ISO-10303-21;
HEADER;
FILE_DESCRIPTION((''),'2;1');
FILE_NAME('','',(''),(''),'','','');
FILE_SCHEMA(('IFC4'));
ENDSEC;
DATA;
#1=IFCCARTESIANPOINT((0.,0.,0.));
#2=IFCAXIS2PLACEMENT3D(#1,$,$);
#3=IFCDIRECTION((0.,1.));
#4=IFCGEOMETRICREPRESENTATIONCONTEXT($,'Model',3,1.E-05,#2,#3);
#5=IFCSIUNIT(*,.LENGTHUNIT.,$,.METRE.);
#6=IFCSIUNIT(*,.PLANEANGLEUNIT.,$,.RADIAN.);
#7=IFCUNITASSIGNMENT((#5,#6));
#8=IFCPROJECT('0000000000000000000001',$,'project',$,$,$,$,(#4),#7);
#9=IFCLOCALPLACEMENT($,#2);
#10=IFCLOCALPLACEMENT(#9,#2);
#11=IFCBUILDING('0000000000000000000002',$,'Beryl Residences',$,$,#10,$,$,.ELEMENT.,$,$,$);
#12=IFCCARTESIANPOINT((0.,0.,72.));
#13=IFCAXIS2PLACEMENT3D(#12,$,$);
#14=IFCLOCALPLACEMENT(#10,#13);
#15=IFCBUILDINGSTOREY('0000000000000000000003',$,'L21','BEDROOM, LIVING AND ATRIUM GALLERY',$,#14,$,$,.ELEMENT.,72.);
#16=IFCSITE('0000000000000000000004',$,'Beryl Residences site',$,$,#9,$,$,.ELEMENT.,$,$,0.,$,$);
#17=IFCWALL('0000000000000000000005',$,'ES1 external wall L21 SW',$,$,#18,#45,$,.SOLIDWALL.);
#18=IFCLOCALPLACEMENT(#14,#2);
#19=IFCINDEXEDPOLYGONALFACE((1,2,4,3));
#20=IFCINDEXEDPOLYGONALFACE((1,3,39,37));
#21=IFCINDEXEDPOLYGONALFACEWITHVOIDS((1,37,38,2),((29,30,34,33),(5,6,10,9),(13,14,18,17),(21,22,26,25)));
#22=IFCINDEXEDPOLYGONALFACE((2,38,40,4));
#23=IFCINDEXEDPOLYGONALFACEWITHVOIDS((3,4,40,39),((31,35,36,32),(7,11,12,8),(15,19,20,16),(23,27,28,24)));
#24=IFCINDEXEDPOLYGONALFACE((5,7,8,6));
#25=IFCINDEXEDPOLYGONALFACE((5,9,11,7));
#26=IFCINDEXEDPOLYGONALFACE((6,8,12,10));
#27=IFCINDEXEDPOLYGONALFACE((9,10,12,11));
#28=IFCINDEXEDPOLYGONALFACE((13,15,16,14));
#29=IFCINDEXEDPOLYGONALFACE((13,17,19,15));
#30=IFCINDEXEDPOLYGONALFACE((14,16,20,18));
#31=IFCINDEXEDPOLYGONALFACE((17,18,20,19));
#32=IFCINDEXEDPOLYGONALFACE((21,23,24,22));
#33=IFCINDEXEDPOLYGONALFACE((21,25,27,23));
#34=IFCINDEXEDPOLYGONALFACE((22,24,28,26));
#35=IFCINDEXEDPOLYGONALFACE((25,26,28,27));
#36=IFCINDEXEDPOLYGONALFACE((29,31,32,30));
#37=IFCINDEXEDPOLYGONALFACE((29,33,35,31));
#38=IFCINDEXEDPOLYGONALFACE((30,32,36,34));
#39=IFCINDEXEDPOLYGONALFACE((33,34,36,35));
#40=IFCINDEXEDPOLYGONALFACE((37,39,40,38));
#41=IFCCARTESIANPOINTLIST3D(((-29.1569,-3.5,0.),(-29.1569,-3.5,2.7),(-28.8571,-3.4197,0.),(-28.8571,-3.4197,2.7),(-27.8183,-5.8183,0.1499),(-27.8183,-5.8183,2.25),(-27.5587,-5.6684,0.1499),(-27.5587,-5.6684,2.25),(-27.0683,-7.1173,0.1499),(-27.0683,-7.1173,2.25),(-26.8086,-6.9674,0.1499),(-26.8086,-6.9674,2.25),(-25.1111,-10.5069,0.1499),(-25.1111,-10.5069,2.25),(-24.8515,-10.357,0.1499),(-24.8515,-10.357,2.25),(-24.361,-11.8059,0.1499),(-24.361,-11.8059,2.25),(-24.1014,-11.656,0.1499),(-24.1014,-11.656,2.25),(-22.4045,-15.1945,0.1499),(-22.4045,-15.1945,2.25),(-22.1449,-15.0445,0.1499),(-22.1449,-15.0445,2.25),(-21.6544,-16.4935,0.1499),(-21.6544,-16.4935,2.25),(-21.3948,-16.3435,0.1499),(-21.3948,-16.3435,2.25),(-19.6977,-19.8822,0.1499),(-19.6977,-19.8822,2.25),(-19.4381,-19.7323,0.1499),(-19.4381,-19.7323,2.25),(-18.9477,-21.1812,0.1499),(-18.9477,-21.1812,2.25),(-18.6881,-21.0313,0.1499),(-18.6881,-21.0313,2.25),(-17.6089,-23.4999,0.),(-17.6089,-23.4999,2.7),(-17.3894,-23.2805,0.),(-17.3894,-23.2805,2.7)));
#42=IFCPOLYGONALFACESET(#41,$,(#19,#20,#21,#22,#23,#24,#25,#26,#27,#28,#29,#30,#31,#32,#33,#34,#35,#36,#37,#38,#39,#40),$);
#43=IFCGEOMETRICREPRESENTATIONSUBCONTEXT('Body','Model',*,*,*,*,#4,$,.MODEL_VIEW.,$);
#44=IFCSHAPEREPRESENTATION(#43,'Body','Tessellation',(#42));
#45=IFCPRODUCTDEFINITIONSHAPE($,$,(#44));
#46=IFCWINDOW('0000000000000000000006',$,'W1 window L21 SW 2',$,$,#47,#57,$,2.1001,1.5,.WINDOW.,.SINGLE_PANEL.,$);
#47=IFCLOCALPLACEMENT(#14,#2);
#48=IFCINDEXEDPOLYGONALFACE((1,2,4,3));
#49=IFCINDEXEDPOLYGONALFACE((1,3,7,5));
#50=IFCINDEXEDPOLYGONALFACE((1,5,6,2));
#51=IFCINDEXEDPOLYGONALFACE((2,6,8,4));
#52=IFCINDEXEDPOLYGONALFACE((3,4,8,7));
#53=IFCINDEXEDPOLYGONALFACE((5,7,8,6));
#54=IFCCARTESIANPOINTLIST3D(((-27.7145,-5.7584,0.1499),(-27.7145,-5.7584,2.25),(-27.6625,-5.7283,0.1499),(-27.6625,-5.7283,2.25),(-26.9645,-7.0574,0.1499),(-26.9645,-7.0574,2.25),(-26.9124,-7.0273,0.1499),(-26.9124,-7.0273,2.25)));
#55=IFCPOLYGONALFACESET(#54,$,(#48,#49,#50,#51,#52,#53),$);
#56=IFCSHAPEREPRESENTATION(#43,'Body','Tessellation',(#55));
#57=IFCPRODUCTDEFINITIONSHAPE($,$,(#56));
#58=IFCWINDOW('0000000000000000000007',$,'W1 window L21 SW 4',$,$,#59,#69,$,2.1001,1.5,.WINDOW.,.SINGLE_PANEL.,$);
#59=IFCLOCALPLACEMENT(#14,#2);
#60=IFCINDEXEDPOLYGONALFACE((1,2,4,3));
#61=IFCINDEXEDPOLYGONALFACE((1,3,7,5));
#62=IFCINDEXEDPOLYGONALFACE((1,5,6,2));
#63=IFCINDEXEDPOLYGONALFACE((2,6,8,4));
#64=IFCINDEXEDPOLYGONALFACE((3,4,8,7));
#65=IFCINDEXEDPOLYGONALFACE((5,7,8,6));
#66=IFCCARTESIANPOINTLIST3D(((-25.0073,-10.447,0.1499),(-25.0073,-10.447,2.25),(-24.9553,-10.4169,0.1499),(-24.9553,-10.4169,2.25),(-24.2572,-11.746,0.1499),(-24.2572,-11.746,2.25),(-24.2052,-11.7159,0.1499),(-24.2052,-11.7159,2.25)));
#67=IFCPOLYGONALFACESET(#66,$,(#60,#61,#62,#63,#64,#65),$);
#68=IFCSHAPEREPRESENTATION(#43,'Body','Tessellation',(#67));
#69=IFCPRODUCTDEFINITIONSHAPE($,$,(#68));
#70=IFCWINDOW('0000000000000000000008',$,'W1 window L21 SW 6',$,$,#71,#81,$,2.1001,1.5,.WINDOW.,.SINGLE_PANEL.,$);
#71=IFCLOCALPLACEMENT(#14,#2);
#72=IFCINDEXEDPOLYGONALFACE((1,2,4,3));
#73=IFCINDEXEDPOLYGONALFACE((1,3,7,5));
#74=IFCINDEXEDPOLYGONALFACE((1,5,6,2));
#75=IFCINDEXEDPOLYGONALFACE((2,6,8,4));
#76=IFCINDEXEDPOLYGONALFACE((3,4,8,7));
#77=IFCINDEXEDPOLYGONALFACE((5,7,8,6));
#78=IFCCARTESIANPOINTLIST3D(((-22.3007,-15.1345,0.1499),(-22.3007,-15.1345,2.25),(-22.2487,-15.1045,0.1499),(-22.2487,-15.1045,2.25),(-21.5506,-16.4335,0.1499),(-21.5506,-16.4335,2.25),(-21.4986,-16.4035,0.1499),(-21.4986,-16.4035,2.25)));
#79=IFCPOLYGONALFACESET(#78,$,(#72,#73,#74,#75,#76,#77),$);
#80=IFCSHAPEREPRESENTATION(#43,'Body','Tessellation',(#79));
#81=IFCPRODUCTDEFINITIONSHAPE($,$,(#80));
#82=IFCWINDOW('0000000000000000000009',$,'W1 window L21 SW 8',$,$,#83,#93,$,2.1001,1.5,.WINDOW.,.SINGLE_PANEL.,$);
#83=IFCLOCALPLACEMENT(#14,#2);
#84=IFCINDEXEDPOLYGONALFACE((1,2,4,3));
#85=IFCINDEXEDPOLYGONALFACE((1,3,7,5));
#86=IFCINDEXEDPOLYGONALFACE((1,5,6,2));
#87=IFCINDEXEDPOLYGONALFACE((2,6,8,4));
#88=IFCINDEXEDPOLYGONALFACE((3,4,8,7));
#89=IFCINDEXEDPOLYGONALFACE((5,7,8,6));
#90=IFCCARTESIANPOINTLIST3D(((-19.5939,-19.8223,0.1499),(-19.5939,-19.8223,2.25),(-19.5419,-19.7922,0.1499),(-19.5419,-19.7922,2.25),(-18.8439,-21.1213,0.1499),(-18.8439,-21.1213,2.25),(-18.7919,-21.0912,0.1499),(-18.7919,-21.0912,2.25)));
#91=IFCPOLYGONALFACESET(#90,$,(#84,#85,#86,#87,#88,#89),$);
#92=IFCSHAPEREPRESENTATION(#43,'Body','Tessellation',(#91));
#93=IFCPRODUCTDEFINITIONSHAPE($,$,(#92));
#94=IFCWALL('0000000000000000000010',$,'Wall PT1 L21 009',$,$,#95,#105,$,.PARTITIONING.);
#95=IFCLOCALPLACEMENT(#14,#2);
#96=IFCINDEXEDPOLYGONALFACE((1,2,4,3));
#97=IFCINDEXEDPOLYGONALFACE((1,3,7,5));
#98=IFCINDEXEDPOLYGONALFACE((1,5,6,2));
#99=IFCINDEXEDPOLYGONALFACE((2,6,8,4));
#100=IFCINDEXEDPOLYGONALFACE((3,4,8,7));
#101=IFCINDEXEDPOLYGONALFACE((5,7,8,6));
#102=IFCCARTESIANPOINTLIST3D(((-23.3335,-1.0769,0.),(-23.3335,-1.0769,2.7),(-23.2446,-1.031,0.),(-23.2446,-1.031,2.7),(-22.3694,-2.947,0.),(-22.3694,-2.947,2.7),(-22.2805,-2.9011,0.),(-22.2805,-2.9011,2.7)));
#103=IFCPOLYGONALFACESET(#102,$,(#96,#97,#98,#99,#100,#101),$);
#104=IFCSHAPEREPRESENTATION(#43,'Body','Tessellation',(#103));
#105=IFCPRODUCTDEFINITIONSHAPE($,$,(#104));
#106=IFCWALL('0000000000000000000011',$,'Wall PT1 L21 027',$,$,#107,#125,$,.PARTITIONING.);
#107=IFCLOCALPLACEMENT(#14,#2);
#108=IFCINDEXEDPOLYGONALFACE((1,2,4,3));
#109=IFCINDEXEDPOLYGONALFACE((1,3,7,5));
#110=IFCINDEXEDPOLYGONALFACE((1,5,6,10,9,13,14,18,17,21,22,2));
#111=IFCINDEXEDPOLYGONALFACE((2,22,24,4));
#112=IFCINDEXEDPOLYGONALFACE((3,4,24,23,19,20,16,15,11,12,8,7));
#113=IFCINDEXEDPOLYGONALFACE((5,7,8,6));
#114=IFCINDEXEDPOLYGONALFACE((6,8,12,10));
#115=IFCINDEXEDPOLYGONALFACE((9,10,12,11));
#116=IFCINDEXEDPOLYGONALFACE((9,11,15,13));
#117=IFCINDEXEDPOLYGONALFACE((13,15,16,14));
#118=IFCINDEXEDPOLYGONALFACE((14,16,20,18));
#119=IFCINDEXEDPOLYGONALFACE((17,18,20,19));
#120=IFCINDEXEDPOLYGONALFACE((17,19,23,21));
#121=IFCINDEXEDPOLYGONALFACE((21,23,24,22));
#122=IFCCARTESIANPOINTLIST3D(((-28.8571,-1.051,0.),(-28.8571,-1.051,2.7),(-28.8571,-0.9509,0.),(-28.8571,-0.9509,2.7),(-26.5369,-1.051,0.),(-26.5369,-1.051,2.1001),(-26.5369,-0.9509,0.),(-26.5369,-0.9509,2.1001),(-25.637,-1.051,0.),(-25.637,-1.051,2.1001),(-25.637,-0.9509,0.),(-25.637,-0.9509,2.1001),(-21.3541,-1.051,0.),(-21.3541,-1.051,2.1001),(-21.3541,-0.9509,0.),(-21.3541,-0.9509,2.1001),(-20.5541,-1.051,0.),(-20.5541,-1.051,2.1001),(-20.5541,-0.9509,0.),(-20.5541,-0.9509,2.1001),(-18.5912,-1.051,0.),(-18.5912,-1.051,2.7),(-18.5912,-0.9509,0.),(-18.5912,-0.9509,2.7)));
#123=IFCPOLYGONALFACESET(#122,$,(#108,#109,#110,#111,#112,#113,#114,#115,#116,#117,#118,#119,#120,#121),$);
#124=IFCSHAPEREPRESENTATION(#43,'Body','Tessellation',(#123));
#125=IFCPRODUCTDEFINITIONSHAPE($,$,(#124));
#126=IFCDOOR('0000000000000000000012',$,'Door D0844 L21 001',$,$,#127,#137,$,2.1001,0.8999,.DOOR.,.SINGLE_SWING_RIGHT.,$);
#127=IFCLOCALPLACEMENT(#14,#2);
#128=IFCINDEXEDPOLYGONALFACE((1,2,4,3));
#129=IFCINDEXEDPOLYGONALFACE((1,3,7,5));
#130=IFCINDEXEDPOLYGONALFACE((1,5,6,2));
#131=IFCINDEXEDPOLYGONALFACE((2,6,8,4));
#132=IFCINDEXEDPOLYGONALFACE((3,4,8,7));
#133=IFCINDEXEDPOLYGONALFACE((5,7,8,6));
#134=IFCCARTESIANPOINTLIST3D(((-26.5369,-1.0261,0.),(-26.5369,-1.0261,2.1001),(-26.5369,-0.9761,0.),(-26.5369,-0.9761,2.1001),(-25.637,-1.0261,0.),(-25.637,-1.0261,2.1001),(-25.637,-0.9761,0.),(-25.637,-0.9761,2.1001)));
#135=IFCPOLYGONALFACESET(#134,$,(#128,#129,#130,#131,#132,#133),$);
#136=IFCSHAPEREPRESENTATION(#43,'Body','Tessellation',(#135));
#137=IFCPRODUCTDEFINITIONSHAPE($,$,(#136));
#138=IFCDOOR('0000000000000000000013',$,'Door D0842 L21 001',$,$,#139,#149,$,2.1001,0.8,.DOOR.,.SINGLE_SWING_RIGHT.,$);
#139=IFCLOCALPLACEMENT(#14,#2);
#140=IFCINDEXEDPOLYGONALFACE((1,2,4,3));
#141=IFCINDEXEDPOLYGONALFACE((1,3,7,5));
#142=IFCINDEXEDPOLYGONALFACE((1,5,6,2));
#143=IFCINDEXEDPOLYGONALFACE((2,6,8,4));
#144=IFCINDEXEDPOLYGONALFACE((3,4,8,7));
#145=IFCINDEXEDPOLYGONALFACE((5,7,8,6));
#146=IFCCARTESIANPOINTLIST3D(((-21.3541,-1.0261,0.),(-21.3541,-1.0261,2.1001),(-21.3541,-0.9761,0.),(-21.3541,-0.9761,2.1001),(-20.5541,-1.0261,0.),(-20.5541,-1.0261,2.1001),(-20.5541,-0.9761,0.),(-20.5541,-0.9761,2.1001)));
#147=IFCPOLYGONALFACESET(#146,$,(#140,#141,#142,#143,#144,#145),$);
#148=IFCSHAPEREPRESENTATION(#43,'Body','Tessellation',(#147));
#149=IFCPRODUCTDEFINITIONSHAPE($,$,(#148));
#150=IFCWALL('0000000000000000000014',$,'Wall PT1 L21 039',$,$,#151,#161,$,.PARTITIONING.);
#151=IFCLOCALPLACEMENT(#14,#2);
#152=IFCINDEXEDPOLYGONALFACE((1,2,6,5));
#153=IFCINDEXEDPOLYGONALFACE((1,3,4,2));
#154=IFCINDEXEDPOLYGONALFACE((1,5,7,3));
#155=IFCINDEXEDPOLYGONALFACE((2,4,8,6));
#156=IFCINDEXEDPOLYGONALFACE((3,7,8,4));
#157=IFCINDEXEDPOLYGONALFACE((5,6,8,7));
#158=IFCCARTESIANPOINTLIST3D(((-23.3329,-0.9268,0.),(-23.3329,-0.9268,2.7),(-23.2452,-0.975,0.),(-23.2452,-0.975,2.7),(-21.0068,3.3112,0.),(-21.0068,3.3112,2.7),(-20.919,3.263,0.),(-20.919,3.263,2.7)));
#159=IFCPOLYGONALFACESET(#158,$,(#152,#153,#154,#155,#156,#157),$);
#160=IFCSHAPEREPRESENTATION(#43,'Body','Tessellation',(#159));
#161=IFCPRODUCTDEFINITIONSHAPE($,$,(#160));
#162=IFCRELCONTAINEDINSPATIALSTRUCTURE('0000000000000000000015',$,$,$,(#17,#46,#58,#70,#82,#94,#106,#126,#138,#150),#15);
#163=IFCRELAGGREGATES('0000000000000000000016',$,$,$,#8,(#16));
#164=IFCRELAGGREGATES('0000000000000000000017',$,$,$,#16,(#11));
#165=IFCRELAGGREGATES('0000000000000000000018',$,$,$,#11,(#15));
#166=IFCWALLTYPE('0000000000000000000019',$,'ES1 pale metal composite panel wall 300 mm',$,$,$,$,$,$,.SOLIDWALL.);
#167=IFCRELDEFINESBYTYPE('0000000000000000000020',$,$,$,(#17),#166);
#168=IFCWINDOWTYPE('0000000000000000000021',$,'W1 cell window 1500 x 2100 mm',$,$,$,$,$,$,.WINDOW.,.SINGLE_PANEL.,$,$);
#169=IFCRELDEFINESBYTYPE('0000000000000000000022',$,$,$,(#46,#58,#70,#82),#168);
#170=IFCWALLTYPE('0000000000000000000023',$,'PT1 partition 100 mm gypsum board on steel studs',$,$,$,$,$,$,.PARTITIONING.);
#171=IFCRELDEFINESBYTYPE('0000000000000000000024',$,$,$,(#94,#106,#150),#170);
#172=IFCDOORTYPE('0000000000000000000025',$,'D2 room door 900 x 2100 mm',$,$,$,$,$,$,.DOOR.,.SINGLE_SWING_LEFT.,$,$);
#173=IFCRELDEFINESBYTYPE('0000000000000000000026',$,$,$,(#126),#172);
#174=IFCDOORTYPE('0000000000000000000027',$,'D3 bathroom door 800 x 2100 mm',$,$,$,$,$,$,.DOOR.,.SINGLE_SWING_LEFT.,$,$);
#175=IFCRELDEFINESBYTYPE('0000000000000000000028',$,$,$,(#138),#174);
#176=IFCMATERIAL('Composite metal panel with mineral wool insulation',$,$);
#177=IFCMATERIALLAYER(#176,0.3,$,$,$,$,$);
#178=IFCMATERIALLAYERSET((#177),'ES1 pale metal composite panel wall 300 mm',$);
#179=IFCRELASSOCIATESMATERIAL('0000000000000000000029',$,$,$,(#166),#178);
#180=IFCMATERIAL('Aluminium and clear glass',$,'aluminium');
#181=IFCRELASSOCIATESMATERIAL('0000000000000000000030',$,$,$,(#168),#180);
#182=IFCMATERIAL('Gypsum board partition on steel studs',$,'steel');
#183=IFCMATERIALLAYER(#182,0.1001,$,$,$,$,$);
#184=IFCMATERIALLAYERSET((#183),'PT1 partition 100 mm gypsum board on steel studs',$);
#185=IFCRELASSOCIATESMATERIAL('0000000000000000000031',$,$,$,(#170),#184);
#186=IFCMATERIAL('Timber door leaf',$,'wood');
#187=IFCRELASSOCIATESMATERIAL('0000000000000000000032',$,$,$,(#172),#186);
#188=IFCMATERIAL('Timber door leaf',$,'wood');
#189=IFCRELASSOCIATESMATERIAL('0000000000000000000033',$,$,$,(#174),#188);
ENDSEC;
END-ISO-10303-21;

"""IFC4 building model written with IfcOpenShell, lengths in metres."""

from ifc_helpers import new_model, si_unit, direction, frame, frame_2d, origin, place, context, subcontext, project, spatial, polyline, rectangle, outline, extrude, material, layer, layer_set, type_object, element, fill, save


model = new_model("IFC4")

# Units and contexts
model_context = context("Model", 3, precision=1e-05, world=origin(), true_north=direction((0.0, 1.0)))
body_context = subcontext(model_context, "Body", "Model", "MODEL_VIEW")
ifc_project = project(units=[si_unit("LENGTHUNIT", "METRE"), si_unit("PLANEANGLEUNIT", "RADIAN")], contexts=[model_context])

# Site, building, storey
site_placement = place(None, origin())
site = spatial("IfcSite", under=ifc_project, at=site_placement, Name="Beryl Residences site", CompositionType="ELEMENT", RefElevation=0.0)
building_placement = place(site_placement, origin())
building = spatial("IfcBuilding", under=site, at=building_placement, Name="Beryl Residences", CompositionType="ELEMENT")
storey_placement = place(building_placement, frame((0.0, 0.0, 72.0)))
storey = spatial("IfcBuildingStorey", under=building, at=storey_placement, Name="L21", Description="BEDROOM, LIVING AND ATRIUM GALLERY", CompositionType="ELEMENT", Elevation=72.0)

# Shared definitions
ifc_material_1 = material(Name="Composite metal panel with mineral wool insulation")
ifc_layer_1 = layer(ifc_material_1, 0.3)
ifc_layer_set_1 = layer_set([ifc_layer_1], Name="ES1 pale metal composite panel wall 300 mm")
wall_type_1 = type_object("IfcWallType", Name="ES1 pale metal composite panel wall 300 mm", PredefinedType="SOLIDWALL", material=ifc_layer_set_1)

# Wall, openings, windows
wall_1_placement = place(storey_placement, frame((-29.0271, -3.425, 0.0), z_axis=(0.0, 0.0, 1.0), x_axis=(0.500035, -0.866005, 0.0)))
wall_1 = element("IfcWall", 1, at=wall_1_placement, inside=storey, type_object=wall_type_1, Name="ES1 external wall L21 SW", PredefinedType="SOLIDWALL", context=body_context, shape_type="SweptSolid", body=[
    extrude(outline(polyline([(0.0, -0.1499), (23.0945, -0.1499), (23.0142, 0.1499), (0.0803, 0.1499), (0.0, -0.1499)])), origin(), (0.0, 0.0, 1.0), 2.7),
])
opening_1_placement = place(wall_1_placement, frame((2.677, 0.0, 0.1499)))
opening_1 = element("IfcOpeningElement", 2, at=opening_1_placement, cuts=wall_1, PredefinedType="OPENING", context=body_context, shape_type="SweptSolid", body=[
    extrude(rectangle(XDim=1.5, YDim=2.1001, at=frame_2d((0.75, 1.05))), frame((0.0, 0.1599, 0.0), z_axis=(0.0, -1.0, 0.0), x_axis=(1.0, 0.0, 0.0)), (0.0, 0.0, 1.0), 0.3201),
])
opening_2_placement = place(wall_1_placement, frame((8.0911, 0.0, 0.1499)))
opening_2 = element("IfcOpeningElement", 3, at=opening_2_placement, cuts=wall_1, PredefinedType="OPENING", context=body_context, shape_type="SweptSolid", body=[
    extrude(rectangle(XDim=1.5, YDim=2.1001, at=frame_2d((0.75, 1.05))), frame((0.0, 0.1599, 0.0), z_axis=(0.0, -1.0, 0.0), x_axis=(1.0, 0.0, 0.0)), (0.0, 0.0, 1.0), 0.3201),
])
opening_3_placement = place(wall_1_placement, frame((13.5039, 0.0, 0.1499)))
opening_3 = element("IfcOpeningElement", 4, at=opening_3_placement, cuts=wall_1, PredefinedType="OPENING", context=body_context, shape_type="SweptSolid", body=[
    extrude(rectangle(XDim=1.5, YDim=2.1001, at=frame_2d((0.75, 1.05))), frame((0.0, 0.1599, 0.0), z_axis=(0.0, -1.0, 0.0), x_axis=(1.0, 0.0, 0.0)), (0.0, 0.0, 1.0), 0.3201),
])
opening_4_placement = place(wall_1_placement, frame((18.917, 0.0, 0.1499)))
opening_4 = element("IfcOpeningElement", 5, at=opening_4_placement, cuts=wall_1, PredefinedType="OPENING", context=body_context, shape_type="SweptSolid", body=[
    extrude(rectangle(XDim=1.5, YDim=2.1001, at=frame_2d((0.75, 1.05))), frame((0.0, 0.1599, 0.0), z_axis=(0.0, -1.0, 0.0), x_axis=(1.0, 0.0, 0.0)), (0.0, 0.0, 1.0), 0.3201),
])
ifc_material_2 = material(Name="Aluminium and clear glass", Category="aluminium")
window_type_1 = type_object("IfcWindowType", Name="W1 cell window 1500 x 2100 mm", PartitioningType="SINGLE_PANEL", PredefinedType="WINDOW", material=ifc_material_2)
window_1_placement = place(opening_1_placement, origin())
window_1 = element("IfcWindow", 6, at=window_1_placement, inside=storey, type_object=window_type_1, Name="W1 window L21 SW 2", OverallHeight=2.1001, OverallWidth=1.5, PartitioningType="SINGLE_PANEL", PredefinedType="WINDOW", context=body_context, shape_type="SweptSolid", body=[
    extrude(rectangle(XDim=1.5, YDim=2.1001, at=frame_2d((0.75, 1.05))), frame((0.0, 0.03, 0.0), z_axis=(0.0, -1.0, 0.0), x_axis=(1.0, 0.0, 0.0)), (0.0, 0.0, 1.0), 0.0601),
])
fill(opening_1, window_1)
window_2_placement = place(opening_2_placement, origin())
window_2 = element("IfcWindow", 7, at=window_2_placement, inside=storey, type_object=window_type_1, Name="W1 window L21 SW 4", OverallHeight=2.1001, OverallWidth=1.5, PartitioningType="SINGLE_PANEL", PredefinedType="WINDOW", context=body_context, shape_type="SweptSolid", body=[
    extrude(rectangle(XDim=1.5, YDim=2.1001, at=frame_2d((0.75, 1.05))), frame((0.0, 0.03, 0.0), z_axis=(0.0, -1.0, 0.0), x_axis=(1.0, 0.0, 0.0)), (0.0, 0.0, 1.0), 0.0601),
])
fill(opening_2, window_2)
window_3_placement = place(opening_3_placement, origin())
window_3 = element("IfcWindow", 8, at=window_3_placement, inside=storey, type_object=window_type_1, Name="W1 window L21 SW 6", OverallHeight=2.1001, OverallWidth=1.5, PartitioningType="SINGLE_PANEL", PredefinedType="WINDOW", context=body_context, shape_type="SweptSolid", body=[
    extrude(rectangle(XDim=1.5, YDim=2.1001, at=frame_2d((0.75, 1.05))), frame((0.0, 0.03, 0.0), z_axis=(0.0, -1.0, 0.0), x_axis=(1.0, 0.0, 0.0)), (0.0, 0.0, 1.0), 0.0601),
])
fill(opening_3, window_3)
window_4_placement = place(opening_4_placement, origin())
window_4 = element("IfcWindow", 9, at=window_4_placement, inside=storey, type_object=window_type_1, Name="W1 window L21 SW 8", OverallHeight=2.1001, OverallWidth=1.5, PartitioningType="SINGLE_PANEL", PredefinedType="WINDOW", context=body_context, shape_type="SweptSolid", body=[
    extrude(rectangle(XDim=1.5, YDim=2.1001, at=frame_2d((0.75, 1.05))), frame((0.0, 0.03, 0.0), z_axis=(0.0, -1.0, 0.0), x_axis=(1.0, 0.0, 0.0)), (0.0, 0.0, 1.0), 0.0601),
])
fill(opening_4, window_4)

# Wall
ifc_material_3 = material(Name="Gypsum board partition on steel studs", Category="steel")
ifc_layer_2 = layer(ifc_material_3, 0.1001)
ifc_layer_set_2 = layer_set([ifc_layer_2], Name="PT1 partition 100 mm gypsum board on steel studs")
wall_type_2 = type_object("IfcWallType", Name="PT1 partition 100 mm gypsum board on steel studs", PredefinedType="PARTITIONING", material=ifc_layer_set_2)
wall_2_placement = place(storey_placement, frame((-23.2891, -1.054, 0.0), z_axis=(0.0, 0.0, 1.0), x_axis=(0.458226, -0.888836, 0.0)))
element("IfcWall", 10, at=wall_2_placement, inside=storey, type_object=wall_type_2, Name="Wall PT1 L21 009", PredefinedType="PARTITIONING", context=body_context, shape_type="SweptSolid", body=[
    extrude(rectangle(XDim=2.104, YDim=0.1001, at=frame_2d((1.052, 0.0))), origin(), (0.0, 0.0, 1.0), 2.7),
])

# Wall, openings, doors
wall_3_placement = place(storey_placement, frame((-28.8569, -1.001, 0.0), z_axis=(0.0, 0.0, 1.0), x_axis=(1.0, 0.0, 0.0)))
wall_3 = element("IfcWall", 11, at=wall_3_placement, inside=storey, type_object=wall_type_2, Name="Wall PT1 L21 027", PredefinedType="PARTITIONING", context=body_context, shape_type="SweptSolid", body=[
    extrude(rectangle(XDim=10.2659, YDim=0.1001, at=frame_2d((5.1328, 0.0))), origin(), (0.0, 0.0, 1.0), 2.7),
])
opening_5_placement = place(wall_3_placement, frame((7.5029, 0.0, 0.0)))
opening_5 = element("IfcOpeningElement", 12, at=opening_5_placement, cuts=wall_3, PredefinedType="OPENING", context=body_context, shape_type="SweptSolid", body=[
    extrude(rectangle(XDim=0.8, YDim=2.1001, at=frame_2d((0.3999, 1.05))), frame((0.0, 0.0601, 0.0), z_axis=(0.0, -1.0, 0.0), x_axis=(1.0, 0.0, 0.0)), (0.0, 0.0, 1.0), 0.1201),
])
opening_6_placement = place(wall_3_placement, frame((2.3201, 0.0, 0.0)))
opening_6 = element("IfcOpeningElement", 13, at=opening_6_placement, cuts=wall_3, PredefinedType="OPENING", context=body_context, shape_type="SweptSolid", body=[
    extrude(rectangle(XDim=0.8999, YDim=2.1001, at=frame_2d((0.45, 1.05))), frame((0.0, 0.0601, 0.0), z_axis=(0.0, -1.0, 0.0), x_axis=(1.0, 0.0, 0.0)), (0.0, 0.0, 1.0), 0.1201),
])
ifc_material_4 = material(Name="Timber door leaf", Category="wood")
door_type_1 = type_object("IfcDoorType", Name="D2 room door 900 x 2100 mm", OperationType="SINGLE_SWING_LEFT", PredefinedType="DOOR", material=ifc_material_4)
door_1_placement = place(opening_6_placement, origin())
door_1 = element("IfcDoor", 14, at=door_1_placement, inside=storey, type_object=door_type_1, Name="Door D0844 L21 001", OperationType="SINGLE_SWING_RIGHT", OverallHeight=2.1001, OverallWidth=0.8999, PredefinedType="DOOR", context=body_context, shape_type="SweptSolid", body=[
    extrude(rectangle(XDim=0.8999, YDim=2.1001, at=frame_2d((0.45, 1.05))), frame((0.0, 0.0249, 0.0), z_axis=(0.0, -1.0, 0.0), x_axis=(1.0, 0.0, 0.0)), (0.0, 0.0, 1.0), 0.05),
])
fill(opening_6, door_1)
ifc_material_5 = material(Name="Timber door leaf", Category="wood")
door_type_2 = type_object("IfcDoorType", Name="D3 bathroom door 800 x 2100 mm", OperationType="SINGLE_SWING_LEFT", PredefinedType="DOOR", material=ifc_material_5)
door_2_placement = place(opening_5_placement, origin())
door_2 = element("IfcDoor", 15, at=door_2_placement, inside=storey, type_object=door_type_2, Name="Door D0842 L21 001", OperationType="SINGLE_SWING_RIGHT", OverallHeight=2.1001, OverallWidth=0.8, PredefinedType="DOOR", context=body_context, shape_type="SweptSolid", body=[
    extrude(rectangle(XDim=0.8, YDim=2.1001, at=frame_2d((0.3999, 1.05))), frame((0.0, 0.0249, 0.0), z_axis=(0.0, -1.0, 0.0), x_axis=(1.0, 0.0, 0.0)), (0.0, 0.0, 1.0), 0.05),
])
fill(opening_5, door_2)

# Wall
wall_4_placement = place(storey_placement, frame((-23.2891, -0.9509, 0.0), z_axis=(0.0, 0.0, 1.0), x_axis=(0.481164, 0.87663, 0.0)))
element("IfcWall", 16, at=wall_4_placement, inside=storey, type_object=wall_type_2, Name="Wall PT1 L21 039", PredefinedType="PARTITIONING", context=body_context, shape_type="SweptSolid", body=[
    extrude(rectangle(XDim=4.8345, YDim=0.1001, at=frame_2d((2.4172, 0.0))), origin(), (0.0, 0.0, 1.0), 2.7),
])

save(model, "model.ifc")
